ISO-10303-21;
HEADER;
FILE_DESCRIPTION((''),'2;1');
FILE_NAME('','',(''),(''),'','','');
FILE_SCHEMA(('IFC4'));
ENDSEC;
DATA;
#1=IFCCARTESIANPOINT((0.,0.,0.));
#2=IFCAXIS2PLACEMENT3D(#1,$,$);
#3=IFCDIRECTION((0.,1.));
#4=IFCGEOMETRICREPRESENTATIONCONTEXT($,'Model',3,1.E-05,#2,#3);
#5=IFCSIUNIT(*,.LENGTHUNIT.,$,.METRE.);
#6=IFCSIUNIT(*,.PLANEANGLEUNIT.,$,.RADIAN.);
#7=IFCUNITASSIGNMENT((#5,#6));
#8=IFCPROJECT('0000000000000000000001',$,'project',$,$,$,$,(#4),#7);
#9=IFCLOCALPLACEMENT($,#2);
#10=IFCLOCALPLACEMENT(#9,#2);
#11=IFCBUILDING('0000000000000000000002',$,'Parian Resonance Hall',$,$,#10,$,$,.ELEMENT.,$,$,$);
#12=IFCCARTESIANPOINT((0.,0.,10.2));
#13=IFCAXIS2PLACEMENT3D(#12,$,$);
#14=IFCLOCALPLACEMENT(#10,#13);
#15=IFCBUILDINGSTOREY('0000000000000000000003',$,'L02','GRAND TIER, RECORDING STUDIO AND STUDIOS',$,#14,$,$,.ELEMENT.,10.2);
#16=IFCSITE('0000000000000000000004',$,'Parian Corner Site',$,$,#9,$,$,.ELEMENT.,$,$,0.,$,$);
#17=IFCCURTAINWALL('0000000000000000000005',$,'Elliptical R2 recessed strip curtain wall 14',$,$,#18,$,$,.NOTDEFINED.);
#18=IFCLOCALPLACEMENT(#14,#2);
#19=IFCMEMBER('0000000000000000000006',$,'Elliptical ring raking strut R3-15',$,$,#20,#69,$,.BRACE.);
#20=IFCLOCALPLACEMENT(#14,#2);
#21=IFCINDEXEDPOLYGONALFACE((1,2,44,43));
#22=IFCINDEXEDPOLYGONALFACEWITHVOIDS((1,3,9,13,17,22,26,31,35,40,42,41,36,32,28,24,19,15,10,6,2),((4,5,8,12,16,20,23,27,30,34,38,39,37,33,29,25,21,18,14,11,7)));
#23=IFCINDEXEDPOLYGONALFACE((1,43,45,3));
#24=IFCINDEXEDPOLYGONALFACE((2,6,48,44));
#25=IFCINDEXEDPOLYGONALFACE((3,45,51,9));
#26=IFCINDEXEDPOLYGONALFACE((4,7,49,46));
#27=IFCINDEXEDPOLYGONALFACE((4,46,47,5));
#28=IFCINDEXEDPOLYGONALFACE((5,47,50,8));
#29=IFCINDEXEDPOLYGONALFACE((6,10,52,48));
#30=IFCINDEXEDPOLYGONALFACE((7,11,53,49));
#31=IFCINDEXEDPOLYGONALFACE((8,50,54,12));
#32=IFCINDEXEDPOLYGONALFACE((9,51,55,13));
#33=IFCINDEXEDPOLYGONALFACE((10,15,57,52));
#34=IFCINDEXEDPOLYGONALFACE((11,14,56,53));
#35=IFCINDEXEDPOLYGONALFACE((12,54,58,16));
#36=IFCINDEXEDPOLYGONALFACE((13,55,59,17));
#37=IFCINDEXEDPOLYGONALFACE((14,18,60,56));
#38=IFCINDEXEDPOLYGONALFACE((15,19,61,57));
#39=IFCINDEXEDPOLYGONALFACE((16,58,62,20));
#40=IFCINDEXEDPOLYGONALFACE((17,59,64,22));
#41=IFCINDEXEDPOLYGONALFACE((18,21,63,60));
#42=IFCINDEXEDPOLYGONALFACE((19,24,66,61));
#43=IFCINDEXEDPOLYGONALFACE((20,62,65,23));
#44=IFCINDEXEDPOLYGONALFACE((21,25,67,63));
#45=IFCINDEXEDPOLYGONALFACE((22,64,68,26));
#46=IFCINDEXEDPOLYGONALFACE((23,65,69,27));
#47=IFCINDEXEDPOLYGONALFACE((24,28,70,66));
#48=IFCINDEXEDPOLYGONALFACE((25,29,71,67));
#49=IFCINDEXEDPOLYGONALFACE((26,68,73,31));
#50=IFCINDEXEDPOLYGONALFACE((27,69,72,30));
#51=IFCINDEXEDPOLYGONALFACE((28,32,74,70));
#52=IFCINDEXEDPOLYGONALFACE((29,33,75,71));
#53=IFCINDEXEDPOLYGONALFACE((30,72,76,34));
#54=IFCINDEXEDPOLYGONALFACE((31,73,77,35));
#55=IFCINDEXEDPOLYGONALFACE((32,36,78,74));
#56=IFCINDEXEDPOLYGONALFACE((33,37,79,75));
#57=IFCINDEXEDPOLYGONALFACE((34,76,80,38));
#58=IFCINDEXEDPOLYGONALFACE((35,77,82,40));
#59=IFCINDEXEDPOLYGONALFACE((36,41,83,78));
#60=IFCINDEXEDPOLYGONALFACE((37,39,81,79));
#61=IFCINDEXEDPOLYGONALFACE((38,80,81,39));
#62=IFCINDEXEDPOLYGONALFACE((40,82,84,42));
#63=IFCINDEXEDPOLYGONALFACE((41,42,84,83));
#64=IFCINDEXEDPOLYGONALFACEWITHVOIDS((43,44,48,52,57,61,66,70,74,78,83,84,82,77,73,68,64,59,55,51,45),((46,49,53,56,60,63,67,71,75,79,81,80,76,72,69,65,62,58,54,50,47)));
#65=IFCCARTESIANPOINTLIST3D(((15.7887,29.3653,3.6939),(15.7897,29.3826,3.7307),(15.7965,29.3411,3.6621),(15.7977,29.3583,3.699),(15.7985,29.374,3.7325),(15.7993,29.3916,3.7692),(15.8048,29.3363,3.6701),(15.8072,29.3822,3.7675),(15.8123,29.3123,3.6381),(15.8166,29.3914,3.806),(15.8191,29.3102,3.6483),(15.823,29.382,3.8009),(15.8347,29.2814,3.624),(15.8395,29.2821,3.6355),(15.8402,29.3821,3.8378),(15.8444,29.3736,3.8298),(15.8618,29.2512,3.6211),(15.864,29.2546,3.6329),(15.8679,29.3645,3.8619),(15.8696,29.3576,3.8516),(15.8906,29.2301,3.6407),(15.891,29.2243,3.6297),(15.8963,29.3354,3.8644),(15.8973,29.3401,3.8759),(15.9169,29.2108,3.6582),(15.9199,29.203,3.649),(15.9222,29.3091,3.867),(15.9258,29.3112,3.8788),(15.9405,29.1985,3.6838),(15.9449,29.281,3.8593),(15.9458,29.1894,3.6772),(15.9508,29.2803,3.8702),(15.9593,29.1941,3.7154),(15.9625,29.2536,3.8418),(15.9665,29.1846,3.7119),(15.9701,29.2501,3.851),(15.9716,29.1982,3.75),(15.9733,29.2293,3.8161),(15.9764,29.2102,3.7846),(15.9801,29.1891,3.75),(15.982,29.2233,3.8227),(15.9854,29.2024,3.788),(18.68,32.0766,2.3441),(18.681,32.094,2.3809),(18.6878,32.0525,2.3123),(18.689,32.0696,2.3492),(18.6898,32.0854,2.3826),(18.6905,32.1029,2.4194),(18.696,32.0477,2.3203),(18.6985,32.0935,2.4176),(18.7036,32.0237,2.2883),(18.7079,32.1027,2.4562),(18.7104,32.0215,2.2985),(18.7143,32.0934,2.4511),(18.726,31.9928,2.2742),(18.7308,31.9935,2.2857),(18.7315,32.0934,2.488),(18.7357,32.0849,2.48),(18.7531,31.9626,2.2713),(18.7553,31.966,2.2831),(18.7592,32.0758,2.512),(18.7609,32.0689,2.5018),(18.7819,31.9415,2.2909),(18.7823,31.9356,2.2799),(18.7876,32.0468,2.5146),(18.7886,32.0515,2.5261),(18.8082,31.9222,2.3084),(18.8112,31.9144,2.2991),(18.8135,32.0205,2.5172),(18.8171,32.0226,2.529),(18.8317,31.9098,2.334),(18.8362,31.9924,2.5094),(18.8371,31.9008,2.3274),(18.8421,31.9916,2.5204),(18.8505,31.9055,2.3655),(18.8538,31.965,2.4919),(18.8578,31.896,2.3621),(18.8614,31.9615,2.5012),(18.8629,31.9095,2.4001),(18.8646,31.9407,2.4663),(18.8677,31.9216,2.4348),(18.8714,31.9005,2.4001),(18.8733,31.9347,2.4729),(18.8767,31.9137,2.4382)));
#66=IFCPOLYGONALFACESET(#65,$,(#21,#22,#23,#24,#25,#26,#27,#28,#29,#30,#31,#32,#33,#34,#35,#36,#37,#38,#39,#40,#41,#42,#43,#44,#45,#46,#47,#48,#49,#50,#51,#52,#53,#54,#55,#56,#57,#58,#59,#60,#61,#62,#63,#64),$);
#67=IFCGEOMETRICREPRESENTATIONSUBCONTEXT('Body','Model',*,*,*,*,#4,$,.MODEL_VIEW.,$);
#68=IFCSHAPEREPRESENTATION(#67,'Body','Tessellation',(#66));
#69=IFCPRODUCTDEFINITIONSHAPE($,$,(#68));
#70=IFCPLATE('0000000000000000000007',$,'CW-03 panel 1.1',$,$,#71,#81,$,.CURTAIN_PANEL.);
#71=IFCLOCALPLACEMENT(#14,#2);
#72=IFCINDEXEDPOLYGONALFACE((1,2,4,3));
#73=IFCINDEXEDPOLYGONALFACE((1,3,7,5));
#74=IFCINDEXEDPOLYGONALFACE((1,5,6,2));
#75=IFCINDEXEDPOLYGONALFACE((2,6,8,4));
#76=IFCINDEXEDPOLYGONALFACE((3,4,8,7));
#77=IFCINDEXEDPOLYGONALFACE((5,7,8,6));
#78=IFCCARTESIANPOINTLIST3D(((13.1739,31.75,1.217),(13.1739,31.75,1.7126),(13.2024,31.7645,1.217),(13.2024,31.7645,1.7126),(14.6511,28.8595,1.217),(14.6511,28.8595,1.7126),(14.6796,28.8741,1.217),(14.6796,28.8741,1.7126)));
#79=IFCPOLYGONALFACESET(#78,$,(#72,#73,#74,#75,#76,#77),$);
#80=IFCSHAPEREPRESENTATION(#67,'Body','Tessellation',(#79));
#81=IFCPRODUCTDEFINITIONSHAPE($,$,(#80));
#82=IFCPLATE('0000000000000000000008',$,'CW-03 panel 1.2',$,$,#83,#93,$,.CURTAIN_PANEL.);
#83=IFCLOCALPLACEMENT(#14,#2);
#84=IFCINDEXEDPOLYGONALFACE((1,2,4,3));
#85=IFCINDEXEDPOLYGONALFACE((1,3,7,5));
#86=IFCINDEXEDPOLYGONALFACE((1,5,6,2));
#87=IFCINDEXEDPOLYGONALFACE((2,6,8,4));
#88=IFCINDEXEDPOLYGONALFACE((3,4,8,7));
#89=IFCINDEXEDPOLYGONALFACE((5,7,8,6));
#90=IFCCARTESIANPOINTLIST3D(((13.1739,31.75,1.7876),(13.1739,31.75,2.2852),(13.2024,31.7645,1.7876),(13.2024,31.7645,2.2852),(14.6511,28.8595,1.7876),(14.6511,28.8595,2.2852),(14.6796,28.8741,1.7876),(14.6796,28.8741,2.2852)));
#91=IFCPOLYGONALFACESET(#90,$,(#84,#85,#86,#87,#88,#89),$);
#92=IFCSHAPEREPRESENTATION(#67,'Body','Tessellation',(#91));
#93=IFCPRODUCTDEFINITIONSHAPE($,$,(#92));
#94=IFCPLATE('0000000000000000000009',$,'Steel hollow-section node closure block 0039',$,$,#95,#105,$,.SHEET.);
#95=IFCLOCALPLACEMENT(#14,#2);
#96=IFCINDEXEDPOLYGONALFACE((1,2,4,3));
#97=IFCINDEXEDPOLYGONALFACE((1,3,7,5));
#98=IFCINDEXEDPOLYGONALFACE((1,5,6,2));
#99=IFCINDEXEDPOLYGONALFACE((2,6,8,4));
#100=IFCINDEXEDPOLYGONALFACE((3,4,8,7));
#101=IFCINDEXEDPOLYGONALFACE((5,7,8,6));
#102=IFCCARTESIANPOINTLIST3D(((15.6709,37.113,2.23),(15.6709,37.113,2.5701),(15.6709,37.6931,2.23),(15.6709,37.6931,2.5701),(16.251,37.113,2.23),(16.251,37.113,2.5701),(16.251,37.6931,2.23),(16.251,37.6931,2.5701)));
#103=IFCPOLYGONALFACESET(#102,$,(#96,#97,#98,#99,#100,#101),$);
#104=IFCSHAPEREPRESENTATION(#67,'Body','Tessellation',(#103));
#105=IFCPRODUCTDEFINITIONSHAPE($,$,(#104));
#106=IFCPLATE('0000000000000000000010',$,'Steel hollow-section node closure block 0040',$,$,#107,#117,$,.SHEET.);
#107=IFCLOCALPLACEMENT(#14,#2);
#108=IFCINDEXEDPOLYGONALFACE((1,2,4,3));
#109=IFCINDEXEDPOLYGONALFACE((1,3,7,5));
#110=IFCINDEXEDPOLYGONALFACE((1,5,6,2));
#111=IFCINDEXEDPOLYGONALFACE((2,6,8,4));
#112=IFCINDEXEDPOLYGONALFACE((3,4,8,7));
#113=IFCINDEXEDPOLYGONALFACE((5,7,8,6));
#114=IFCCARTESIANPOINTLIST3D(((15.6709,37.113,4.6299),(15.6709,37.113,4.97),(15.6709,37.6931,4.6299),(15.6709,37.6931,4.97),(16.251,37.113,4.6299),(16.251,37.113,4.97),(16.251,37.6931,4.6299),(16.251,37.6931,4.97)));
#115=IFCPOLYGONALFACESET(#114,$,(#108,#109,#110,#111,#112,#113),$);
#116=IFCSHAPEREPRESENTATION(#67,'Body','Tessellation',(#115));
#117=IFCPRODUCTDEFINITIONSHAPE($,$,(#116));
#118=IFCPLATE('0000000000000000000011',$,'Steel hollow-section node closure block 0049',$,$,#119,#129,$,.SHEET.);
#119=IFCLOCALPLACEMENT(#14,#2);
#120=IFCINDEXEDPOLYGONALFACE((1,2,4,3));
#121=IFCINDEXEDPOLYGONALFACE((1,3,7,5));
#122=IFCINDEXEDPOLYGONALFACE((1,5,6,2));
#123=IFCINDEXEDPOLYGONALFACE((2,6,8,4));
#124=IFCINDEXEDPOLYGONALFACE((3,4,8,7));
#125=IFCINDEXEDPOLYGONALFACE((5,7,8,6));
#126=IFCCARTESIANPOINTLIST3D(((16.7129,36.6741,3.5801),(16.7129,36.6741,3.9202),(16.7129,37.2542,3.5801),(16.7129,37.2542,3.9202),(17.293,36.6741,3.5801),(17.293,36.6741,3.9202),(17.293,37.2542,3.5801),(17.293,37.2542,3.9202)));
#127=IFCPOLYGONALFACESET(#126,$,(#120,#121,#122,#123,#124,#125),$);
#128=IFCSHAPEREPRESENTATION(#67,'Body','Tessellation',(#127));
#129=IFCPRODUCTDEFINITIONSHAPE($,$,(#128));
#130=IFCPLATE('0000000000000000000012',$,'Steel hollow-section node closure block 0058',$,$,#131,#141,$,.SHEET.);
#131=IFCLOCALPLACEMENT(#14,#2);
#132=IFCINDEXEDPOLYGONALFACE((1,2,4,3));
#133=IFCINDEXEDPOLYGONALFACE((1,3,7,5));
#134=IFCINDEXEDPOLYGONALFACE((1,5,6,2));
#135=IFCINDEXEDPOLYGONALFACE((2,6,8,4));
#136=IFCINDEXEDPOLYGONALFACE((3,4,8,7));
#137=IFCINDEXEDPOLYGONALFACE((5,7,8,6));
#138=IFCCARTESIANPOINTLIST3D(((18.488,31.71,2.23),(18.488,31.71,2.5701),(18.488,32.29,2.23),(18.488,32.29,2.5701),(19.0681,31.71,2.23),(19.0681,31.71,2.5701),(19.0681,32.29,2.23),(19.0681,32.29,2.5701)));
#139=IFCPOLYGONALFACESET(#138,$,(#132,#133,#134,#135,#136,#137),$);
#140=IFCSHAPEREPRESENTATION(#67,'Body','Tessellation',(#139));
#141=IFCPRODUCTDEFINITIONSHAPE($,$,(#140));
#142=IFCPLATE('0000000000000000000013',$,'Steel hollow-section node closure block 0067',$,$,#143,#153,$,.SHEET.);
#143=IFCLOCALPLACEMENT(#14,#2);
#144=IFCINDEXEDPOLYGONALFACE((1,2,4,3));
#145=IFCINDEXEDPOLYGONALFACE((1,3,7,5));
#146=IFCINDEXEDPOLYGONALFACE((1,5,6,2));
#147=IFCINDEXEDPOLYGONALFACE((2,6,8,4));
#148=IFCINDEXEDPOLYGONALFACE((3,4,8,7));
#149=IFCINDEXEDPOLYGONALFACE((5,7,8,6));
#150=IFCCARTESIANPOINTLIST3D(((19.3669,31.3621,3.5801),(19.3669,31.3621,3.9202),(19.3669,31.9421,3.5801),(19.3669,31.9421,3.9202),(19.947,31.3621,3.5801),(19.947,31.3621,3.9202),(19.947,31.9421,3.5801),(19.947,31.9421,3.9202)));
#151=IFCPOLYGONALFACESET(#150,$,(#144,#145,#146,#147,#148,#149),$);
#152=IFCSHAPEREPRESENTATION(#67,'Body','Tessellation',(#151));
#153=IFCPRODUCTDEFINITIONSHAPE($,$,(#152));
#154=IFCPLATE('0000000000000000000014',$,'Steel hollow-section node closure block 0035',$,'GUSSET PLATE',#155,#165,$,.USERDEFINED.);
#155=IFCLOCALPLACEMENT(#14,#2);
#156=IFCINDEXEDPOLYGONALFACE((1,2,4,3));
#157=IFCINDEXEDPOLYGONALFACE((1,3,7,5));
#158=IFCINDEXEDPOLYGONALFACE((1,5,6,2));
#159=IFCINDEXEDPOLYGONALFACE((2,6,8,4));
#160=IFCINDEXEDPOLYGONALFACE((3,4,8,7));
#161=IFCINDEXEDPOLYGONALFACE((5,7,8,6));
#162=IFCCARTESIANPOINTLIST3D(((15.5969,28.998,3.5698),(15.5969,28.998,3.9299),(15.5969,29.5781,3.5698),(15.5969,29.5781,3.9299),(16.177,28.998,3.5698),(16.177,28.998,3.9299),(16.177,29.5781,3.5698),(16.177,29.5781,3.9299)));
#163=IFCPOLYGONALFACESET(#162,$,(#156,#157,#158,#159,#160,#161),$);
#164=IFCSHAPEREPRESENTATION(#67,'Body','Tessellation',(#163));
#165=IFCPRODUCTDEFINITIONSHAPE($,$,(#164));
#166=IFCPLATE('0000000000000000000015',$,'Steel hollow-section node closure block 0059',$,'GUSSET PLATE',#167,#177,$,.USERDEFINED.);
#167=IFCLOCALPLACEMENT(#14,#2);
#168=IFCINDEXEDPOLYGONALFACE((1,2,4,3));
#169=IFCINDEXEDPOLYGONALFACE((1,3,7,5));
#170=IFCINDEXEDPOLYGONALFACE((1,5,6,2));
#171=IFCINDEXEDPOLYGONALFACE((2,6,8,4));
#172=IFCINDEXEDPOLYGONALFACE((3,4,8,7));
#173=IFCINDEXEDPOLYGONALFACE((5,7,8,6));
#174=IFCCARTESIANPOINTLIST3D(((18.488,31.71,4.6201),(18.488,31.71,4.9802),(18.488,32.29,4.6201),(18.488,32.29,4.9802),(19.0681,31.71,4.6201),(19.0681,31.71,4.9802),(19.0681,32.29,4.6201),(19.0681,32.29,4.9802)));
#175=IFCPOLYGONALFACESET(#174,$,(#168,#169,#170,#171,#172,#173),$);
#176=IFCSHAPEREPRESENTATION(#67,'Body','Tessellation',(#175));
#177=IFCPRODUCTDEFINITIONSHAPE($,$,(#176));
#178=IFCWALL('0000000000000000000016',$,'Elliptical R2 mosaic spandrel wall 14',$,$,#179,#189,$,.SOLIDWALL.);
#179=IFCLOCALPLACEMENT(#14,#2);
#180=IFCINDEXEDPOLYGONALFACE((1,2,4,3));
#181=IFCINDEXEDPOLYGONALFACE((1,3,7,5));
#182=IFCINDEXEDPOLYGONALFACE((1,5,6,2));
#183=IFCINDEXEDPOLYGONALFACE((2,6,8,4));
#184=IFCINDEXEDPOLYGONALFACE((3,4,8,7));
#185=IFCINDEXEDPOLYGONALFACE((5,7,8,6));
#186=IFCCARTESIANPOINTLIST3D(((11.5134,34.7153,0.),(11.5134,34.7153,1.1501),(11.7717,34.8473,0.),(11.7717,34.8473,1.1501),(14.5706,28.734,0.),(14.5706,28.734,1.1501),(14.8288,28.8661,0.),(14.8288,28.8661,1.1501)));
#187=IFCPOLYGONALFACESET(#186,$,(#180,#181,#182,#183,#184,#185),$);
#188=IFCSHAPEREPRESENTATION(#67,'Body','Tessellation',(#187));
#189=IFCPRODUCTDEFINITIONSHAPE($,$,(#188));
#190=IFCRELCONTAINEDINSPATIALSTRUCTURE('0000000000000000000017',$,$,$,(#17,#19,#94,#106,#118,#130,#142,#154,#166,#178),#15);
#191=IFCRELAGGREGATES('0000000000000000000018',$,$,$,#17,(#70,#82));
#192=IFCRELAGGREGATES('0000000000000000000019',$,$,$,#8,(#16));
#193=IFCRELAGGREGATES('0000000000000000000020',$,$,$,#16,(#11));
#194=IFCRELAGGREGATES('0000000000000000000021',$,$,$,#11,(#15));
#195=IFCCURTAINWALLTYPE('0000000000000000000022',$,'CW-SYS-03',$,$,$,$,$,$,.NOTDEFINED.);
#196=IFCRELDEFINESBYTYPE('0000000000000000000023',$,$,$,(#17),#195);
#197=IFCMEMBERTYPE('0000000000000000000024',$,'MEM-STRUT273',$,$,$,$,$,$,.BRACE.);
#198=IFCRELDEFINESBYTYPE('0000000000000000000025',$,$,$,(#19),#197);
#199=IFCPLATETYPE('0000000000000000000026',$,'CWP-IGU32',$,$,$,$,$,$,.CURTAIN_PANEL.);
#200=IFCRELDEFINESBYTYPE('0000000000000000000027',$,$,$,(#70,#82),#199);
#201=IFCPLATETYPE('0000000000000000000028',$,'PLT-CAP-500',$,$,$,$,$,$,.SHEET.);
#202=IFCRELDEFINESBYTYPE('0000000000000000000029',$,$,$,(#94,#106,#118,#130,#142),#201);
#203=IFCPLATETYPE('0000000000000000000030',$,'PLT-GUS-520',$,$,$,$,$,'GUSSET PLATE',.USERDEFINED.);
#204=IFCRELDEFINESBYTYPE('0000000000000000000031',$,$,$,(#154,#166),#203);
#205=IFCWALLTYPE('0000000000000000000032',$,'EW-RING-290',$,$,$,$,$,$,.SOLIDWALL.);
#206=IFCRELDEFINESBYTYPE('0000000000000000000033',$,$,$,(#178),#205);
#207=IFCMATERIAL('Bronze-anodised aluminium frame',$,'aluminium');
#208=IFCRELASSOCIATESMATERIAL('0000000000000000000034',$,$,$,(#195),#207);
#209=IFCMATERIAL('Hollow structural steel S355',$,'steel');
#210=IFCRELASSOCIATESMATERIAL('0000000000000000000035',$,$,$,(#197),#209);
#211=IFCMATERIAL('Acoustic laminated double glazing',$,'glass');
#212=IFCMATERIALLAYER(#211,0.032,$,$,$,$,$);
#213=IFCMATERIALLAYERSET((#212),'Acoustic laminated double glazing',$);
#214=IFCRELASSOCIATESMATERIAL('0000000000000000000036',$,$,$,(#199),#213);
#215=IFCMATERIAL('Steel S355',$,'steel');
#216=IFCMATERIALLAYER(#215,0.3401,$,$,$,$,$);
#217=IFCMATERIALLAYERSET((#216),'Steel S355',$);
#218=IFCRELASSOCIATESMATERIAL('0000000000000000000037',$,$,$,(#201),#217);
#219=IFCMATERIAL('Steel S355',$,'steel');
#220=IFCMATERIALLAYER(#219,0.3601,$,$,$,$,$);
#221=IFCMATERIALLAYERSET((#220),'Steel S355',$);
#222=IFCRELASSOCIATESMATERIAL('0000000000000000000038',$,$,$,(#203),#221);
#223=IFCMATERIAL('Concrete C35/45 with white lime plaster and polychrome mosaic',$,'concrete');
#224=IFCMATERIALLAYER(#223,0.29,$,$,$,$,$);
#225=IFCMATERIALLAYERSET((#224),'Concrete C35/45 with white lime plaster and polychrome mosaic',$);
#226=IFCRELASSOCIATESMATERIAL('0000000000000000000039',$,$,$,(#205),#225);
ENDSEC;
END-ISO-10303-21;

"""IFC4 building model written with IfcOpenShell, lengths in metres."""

from ifc_helpers import new_model, si_unit, direction, frame, frame_2d, origin, origin_2d, place, context, subcontext, project, spatial, rectangle, hollow_circle, extrude, material, layer, layer_set, material_profile, profile_set, type_object, element, aggregate, save


model = new_model("IFC4")

# Units and contexts
model_context = context("Model", 3, precision=1e-05, world=origin(), true_north=direction((0.0, 1.0)))
body_context = subcontext(model_context, "Body", "Model", "MODEL_VIEW")
ifc_project = project(units=[si_unit("LENGTHUNIT", "METRE"), si_unit("PLANEANGLEUNIT", "RADIAN")], contexts=[model_context])

# Site, building, storey
site_placement = place(None, origin())
site = spatial("IfcSite", under=ifc_project, at=site_placement, Name="Parian Corner Site", CompositionType="ELEMENT", RefElevation=0.0)
building_placement = place(site_placement, origin())
building = spatial("IfcBuilding", under=site, at=building_placement, Name="Parian Resonance Hall", CompositionType="ELEMENT")
storey_placement = place(building_placement, frame((0.0, 0.0, 10.2)))
storey = spatial("IfcBuildingStorey", under=building, at=storey_placement, Name="L02", Description="GRAND TIER, RECORDING STUDIO AND STUDIOS", CompositionType="ELEMENT", Elevation=10.2)

# Curtain wall
ifc_material_1 = material(Name="Bronze-anodised aluminium frame", Category="aluminium")
curtain_wall_type = type_object("IfcCurtainWallType", Name="CW-SYS-03", PredefinedType="NOTDEFINED", material=ifc_material_1)
curtain_wall_placement = place(storey_placement, origin())
curtain_wall = element("IfcCurtainWall", 1, at=curtain_wall_placement, inside=storey, type_object=curtain_wall_type, Name="Elliptical R2 recessed strip curtain wall 14", PredefinedType="NOTDEFINED")

# Member
ifc_material_2 = material(Name="Hollow structural steel S355", Category="steel")
ifc_material_profile_1 = material_profile(ifc_material_2, hollow_circle(Radius=0.1365, WallThickness=0.0125, at=origin_2d()), Name="CHS273x12.5")
ifc_profile_set_1 = profile_set([ifc_material_profile_1], Name="Hollow structural steel S355")
member_type_1 = type_object("IfcMemberType", Name="MEM-STRUT273", PredefinedType="BRACE", material=ifc_profile_set_1)
member_1_placement = place(storey_placement, frame((18.7781, 32.0, 2.4001), z_axis=(-0.690499, -0.647528, 0.322365), x_axis=(0.684046, -0.729439, 0.0)))
element("IfcMember", 2, at=member_1_placement, inside=storey, type_object=member_type_1, Name="Elliptical ring raking strut R3-15", PredefinedType="BRACE", context=body_context, shape_type="SweptSolid", body=[
    extrude(hollow_circle(Radius=0.1365, WallThickness=0.0125, at=origin_2d()), origin(), (0.0, 0.0, 1.0), 4.1873),
])

# Plates
ifc_material_3 = material(Name="Acoustic laminated double glazing", Category="glass")
ifc_layer_1 = layer(ifc_material_3, 0.032)
ifc_layer_set_1 = layer_set([ifc_layer_1], Name="Acoustic laminated double glazing")
plate_type_1 = type_object("IfcPlateType", Name="CWP-IGU32", PredefinedType="CURTAIN_PANEL", material=ifc_layer_set_1)
plate_1_placement = place(storey_placement, frame((13.9268, 30.312, 1.217), z_axis=(0.0, 0.0, 1.0), x_axis=(-0.455086, 0.890447, 0.0)))
plate_1 = element("IfcPlate", 3, at=plate_1_placement, type_object=plate_type_1, Name="CW-03 panel 1.1", PredefinedType="CURTAIN_PANEL", context=body_context, shape_type="SweptSolid", body=[
    extrude(rectangle(XDim=3.2461, YDim=0.032, at=origin_2d()), origin(), (0.0, 0.0, 1.0), 0.4956),
])
plate_2_placement = place(storey_placement, frame((13.9268, 30.312, 1.7876), z_axis=(0.0, 0.0, 1.0), x_axis=(-0.455086, 0.890447, 0.0)))
plate_2 = element("IfcPlate", 4, at=plate_2_placement, type_object=plate_type_1, Name="CW-03 panel 1.2", PredefinedType="CURTAIN_PANEL", context=body_context, shape_type="SweptSolid", body=[
    extrude(rectangle(XDim=3.2461, YDim=0.032, at=origin_2d()), origin(), (0.0, 0.0, 1.0), 0.4976),
])
aggregate(curtain_wall, [plate_1, plate_2])

# Plates
ifc_material_4 = material(Name="Steel S355", Category="steel")
ifc_layer_2 = layer(ifc_material_4, 0.3401)
ifc_layer_set_2 = layer_set([ifc_layer_2], Name="Steel S355")
plate_type_2 = type_object("IfcPlateType", Name="PLT-CAP-500", PredefinedType="SHEET", material=ifc_layer_set_2)
for number, where, z_axis, x_axis, name in (
    (5, (15.9609, 37.4031, 2.23), (0.0, 0.0, 1.0), (1.0, 0.0, 0.0), "Steel hollow-section node closure block 0039"),
    (6, (15.9609, 37.4031, 4.6299), (0.0, 0.0, 1.0), (1.0, 0.0, 0.0), "Steel hollow-section node closure block 0040"),
    (7, (17.0029, 36.9641, 3.5801), (0.0, 0.0, 1.0), (1.0, 0.0, 0.0), "Steel hollow-section node closure block 0049"),
    (8, (18.7781, 32.0, 2.23), (0.0, 0.0, 1.0), (1.0, 0.0, 0.0), "Steel hollow-section node closure block 0058"),
    (9, (19.657, 31.6521, 3.5801), (0.0, 0.0, 1.0), (1.0, 0.0, 0.0), "Steel hollow-section node closure block 0067"),
):
    element("IfcPlate", number, at=place(storey_placement, frame(where, z_axis=z_axis, x_axis=x_axis)), inside=storey, type_object=plate_type_2, Name=name, PredefinedType="SHEET", context=body_context, shape_type="SweptSolid", body=[
        extrude(rectangle(XDim=0.5801, YDim=0.5801, at=origin_2d()), origin(), (0.0, 0.0, 1.0), 0.3401),
    ])
ifc_material_5 = material(Name="Steel S355", Category="steel")
ifc_layer_3 = layer(ifc_material_5, 0.3601)
ifc_layer_set_3 = layer_set([ifc_layer_3], Name="Steel S355")
plate_type_3 = type_object("IfcPlateType", Name="PLT-GUS-520", ElementType="GUSSET PLATE", PredefinedType="USERDEFINED", material=ifc_layer_set_3)
for number, where, z_axis, x_axis, name in (
    (10, (15.887, 29.2881, 3.5698), (0.0, 0.0, 1.0), (1.0, 0.0, 0.0), "Steel hollow-section node closure block 0035"),
    (11, (18.7781, 32.0, 4.6201), (0.0, 0.0, 1.0), (1.0, 0.0, 0.0), "Steel hollow-section node closure block 0059"),
):
    element("IfcPlate", number, at=place(storey_placement, frame(where, z_axis=z_axis, x_axis=x_axis)), inside=storey, type_object=plate_type_3, Name=name, ObjectType="GUSSET PLATE", PredefinedType="USERDEFINED", context=body_context, shape_type="SweptSolid", body=[
        extrude(rectangle(XDim=0.5801, YDim=0.5801, at=origin_2d()), origin(), (0.0, 0.0, 1.0), 0.3601),
    ])

# Wall
ifc_material_6 = material(Name="Concrete C35/45 with white lime plaster and polychrome mosaic", Category="concrete")
ifc_layer_4 = layer(ifc_material_6, 0.29)
ifc_layer_set_4 = layer_set([ifc_layer_4], Name="Concrete C35/45 with white lime plaster and polychrome mosaic")
wall_type = type_object("IfcWallType", Name="EW-RING-290", PredefinedType="SOLIDWALL", material=ifc_layer_set_4)
wall_placement = place(storey_placement, frame((14.6997, 28.8, 0.0), z_axis=(0.0, 0.0, 1.0), x_axis=(-0.455119, 0.89043, 0.0)))
element("IfcWall", 12, at=wall_placement, inside=storey, type_object=wall_type, Name="Elliptical R2 mosaic spandrel wall 14", PredefinedType="SOLIDWALL", context=body_context, shape_type="SweptSolid", body=[
    extrude(rectangle(XDim=6.7173, YDim=0.29, at=frame_2d((3.3586, 0.0))), origin(), (0.0, 0.0, 1.0), 1.1501),
])

save(model, "model.ifc")
